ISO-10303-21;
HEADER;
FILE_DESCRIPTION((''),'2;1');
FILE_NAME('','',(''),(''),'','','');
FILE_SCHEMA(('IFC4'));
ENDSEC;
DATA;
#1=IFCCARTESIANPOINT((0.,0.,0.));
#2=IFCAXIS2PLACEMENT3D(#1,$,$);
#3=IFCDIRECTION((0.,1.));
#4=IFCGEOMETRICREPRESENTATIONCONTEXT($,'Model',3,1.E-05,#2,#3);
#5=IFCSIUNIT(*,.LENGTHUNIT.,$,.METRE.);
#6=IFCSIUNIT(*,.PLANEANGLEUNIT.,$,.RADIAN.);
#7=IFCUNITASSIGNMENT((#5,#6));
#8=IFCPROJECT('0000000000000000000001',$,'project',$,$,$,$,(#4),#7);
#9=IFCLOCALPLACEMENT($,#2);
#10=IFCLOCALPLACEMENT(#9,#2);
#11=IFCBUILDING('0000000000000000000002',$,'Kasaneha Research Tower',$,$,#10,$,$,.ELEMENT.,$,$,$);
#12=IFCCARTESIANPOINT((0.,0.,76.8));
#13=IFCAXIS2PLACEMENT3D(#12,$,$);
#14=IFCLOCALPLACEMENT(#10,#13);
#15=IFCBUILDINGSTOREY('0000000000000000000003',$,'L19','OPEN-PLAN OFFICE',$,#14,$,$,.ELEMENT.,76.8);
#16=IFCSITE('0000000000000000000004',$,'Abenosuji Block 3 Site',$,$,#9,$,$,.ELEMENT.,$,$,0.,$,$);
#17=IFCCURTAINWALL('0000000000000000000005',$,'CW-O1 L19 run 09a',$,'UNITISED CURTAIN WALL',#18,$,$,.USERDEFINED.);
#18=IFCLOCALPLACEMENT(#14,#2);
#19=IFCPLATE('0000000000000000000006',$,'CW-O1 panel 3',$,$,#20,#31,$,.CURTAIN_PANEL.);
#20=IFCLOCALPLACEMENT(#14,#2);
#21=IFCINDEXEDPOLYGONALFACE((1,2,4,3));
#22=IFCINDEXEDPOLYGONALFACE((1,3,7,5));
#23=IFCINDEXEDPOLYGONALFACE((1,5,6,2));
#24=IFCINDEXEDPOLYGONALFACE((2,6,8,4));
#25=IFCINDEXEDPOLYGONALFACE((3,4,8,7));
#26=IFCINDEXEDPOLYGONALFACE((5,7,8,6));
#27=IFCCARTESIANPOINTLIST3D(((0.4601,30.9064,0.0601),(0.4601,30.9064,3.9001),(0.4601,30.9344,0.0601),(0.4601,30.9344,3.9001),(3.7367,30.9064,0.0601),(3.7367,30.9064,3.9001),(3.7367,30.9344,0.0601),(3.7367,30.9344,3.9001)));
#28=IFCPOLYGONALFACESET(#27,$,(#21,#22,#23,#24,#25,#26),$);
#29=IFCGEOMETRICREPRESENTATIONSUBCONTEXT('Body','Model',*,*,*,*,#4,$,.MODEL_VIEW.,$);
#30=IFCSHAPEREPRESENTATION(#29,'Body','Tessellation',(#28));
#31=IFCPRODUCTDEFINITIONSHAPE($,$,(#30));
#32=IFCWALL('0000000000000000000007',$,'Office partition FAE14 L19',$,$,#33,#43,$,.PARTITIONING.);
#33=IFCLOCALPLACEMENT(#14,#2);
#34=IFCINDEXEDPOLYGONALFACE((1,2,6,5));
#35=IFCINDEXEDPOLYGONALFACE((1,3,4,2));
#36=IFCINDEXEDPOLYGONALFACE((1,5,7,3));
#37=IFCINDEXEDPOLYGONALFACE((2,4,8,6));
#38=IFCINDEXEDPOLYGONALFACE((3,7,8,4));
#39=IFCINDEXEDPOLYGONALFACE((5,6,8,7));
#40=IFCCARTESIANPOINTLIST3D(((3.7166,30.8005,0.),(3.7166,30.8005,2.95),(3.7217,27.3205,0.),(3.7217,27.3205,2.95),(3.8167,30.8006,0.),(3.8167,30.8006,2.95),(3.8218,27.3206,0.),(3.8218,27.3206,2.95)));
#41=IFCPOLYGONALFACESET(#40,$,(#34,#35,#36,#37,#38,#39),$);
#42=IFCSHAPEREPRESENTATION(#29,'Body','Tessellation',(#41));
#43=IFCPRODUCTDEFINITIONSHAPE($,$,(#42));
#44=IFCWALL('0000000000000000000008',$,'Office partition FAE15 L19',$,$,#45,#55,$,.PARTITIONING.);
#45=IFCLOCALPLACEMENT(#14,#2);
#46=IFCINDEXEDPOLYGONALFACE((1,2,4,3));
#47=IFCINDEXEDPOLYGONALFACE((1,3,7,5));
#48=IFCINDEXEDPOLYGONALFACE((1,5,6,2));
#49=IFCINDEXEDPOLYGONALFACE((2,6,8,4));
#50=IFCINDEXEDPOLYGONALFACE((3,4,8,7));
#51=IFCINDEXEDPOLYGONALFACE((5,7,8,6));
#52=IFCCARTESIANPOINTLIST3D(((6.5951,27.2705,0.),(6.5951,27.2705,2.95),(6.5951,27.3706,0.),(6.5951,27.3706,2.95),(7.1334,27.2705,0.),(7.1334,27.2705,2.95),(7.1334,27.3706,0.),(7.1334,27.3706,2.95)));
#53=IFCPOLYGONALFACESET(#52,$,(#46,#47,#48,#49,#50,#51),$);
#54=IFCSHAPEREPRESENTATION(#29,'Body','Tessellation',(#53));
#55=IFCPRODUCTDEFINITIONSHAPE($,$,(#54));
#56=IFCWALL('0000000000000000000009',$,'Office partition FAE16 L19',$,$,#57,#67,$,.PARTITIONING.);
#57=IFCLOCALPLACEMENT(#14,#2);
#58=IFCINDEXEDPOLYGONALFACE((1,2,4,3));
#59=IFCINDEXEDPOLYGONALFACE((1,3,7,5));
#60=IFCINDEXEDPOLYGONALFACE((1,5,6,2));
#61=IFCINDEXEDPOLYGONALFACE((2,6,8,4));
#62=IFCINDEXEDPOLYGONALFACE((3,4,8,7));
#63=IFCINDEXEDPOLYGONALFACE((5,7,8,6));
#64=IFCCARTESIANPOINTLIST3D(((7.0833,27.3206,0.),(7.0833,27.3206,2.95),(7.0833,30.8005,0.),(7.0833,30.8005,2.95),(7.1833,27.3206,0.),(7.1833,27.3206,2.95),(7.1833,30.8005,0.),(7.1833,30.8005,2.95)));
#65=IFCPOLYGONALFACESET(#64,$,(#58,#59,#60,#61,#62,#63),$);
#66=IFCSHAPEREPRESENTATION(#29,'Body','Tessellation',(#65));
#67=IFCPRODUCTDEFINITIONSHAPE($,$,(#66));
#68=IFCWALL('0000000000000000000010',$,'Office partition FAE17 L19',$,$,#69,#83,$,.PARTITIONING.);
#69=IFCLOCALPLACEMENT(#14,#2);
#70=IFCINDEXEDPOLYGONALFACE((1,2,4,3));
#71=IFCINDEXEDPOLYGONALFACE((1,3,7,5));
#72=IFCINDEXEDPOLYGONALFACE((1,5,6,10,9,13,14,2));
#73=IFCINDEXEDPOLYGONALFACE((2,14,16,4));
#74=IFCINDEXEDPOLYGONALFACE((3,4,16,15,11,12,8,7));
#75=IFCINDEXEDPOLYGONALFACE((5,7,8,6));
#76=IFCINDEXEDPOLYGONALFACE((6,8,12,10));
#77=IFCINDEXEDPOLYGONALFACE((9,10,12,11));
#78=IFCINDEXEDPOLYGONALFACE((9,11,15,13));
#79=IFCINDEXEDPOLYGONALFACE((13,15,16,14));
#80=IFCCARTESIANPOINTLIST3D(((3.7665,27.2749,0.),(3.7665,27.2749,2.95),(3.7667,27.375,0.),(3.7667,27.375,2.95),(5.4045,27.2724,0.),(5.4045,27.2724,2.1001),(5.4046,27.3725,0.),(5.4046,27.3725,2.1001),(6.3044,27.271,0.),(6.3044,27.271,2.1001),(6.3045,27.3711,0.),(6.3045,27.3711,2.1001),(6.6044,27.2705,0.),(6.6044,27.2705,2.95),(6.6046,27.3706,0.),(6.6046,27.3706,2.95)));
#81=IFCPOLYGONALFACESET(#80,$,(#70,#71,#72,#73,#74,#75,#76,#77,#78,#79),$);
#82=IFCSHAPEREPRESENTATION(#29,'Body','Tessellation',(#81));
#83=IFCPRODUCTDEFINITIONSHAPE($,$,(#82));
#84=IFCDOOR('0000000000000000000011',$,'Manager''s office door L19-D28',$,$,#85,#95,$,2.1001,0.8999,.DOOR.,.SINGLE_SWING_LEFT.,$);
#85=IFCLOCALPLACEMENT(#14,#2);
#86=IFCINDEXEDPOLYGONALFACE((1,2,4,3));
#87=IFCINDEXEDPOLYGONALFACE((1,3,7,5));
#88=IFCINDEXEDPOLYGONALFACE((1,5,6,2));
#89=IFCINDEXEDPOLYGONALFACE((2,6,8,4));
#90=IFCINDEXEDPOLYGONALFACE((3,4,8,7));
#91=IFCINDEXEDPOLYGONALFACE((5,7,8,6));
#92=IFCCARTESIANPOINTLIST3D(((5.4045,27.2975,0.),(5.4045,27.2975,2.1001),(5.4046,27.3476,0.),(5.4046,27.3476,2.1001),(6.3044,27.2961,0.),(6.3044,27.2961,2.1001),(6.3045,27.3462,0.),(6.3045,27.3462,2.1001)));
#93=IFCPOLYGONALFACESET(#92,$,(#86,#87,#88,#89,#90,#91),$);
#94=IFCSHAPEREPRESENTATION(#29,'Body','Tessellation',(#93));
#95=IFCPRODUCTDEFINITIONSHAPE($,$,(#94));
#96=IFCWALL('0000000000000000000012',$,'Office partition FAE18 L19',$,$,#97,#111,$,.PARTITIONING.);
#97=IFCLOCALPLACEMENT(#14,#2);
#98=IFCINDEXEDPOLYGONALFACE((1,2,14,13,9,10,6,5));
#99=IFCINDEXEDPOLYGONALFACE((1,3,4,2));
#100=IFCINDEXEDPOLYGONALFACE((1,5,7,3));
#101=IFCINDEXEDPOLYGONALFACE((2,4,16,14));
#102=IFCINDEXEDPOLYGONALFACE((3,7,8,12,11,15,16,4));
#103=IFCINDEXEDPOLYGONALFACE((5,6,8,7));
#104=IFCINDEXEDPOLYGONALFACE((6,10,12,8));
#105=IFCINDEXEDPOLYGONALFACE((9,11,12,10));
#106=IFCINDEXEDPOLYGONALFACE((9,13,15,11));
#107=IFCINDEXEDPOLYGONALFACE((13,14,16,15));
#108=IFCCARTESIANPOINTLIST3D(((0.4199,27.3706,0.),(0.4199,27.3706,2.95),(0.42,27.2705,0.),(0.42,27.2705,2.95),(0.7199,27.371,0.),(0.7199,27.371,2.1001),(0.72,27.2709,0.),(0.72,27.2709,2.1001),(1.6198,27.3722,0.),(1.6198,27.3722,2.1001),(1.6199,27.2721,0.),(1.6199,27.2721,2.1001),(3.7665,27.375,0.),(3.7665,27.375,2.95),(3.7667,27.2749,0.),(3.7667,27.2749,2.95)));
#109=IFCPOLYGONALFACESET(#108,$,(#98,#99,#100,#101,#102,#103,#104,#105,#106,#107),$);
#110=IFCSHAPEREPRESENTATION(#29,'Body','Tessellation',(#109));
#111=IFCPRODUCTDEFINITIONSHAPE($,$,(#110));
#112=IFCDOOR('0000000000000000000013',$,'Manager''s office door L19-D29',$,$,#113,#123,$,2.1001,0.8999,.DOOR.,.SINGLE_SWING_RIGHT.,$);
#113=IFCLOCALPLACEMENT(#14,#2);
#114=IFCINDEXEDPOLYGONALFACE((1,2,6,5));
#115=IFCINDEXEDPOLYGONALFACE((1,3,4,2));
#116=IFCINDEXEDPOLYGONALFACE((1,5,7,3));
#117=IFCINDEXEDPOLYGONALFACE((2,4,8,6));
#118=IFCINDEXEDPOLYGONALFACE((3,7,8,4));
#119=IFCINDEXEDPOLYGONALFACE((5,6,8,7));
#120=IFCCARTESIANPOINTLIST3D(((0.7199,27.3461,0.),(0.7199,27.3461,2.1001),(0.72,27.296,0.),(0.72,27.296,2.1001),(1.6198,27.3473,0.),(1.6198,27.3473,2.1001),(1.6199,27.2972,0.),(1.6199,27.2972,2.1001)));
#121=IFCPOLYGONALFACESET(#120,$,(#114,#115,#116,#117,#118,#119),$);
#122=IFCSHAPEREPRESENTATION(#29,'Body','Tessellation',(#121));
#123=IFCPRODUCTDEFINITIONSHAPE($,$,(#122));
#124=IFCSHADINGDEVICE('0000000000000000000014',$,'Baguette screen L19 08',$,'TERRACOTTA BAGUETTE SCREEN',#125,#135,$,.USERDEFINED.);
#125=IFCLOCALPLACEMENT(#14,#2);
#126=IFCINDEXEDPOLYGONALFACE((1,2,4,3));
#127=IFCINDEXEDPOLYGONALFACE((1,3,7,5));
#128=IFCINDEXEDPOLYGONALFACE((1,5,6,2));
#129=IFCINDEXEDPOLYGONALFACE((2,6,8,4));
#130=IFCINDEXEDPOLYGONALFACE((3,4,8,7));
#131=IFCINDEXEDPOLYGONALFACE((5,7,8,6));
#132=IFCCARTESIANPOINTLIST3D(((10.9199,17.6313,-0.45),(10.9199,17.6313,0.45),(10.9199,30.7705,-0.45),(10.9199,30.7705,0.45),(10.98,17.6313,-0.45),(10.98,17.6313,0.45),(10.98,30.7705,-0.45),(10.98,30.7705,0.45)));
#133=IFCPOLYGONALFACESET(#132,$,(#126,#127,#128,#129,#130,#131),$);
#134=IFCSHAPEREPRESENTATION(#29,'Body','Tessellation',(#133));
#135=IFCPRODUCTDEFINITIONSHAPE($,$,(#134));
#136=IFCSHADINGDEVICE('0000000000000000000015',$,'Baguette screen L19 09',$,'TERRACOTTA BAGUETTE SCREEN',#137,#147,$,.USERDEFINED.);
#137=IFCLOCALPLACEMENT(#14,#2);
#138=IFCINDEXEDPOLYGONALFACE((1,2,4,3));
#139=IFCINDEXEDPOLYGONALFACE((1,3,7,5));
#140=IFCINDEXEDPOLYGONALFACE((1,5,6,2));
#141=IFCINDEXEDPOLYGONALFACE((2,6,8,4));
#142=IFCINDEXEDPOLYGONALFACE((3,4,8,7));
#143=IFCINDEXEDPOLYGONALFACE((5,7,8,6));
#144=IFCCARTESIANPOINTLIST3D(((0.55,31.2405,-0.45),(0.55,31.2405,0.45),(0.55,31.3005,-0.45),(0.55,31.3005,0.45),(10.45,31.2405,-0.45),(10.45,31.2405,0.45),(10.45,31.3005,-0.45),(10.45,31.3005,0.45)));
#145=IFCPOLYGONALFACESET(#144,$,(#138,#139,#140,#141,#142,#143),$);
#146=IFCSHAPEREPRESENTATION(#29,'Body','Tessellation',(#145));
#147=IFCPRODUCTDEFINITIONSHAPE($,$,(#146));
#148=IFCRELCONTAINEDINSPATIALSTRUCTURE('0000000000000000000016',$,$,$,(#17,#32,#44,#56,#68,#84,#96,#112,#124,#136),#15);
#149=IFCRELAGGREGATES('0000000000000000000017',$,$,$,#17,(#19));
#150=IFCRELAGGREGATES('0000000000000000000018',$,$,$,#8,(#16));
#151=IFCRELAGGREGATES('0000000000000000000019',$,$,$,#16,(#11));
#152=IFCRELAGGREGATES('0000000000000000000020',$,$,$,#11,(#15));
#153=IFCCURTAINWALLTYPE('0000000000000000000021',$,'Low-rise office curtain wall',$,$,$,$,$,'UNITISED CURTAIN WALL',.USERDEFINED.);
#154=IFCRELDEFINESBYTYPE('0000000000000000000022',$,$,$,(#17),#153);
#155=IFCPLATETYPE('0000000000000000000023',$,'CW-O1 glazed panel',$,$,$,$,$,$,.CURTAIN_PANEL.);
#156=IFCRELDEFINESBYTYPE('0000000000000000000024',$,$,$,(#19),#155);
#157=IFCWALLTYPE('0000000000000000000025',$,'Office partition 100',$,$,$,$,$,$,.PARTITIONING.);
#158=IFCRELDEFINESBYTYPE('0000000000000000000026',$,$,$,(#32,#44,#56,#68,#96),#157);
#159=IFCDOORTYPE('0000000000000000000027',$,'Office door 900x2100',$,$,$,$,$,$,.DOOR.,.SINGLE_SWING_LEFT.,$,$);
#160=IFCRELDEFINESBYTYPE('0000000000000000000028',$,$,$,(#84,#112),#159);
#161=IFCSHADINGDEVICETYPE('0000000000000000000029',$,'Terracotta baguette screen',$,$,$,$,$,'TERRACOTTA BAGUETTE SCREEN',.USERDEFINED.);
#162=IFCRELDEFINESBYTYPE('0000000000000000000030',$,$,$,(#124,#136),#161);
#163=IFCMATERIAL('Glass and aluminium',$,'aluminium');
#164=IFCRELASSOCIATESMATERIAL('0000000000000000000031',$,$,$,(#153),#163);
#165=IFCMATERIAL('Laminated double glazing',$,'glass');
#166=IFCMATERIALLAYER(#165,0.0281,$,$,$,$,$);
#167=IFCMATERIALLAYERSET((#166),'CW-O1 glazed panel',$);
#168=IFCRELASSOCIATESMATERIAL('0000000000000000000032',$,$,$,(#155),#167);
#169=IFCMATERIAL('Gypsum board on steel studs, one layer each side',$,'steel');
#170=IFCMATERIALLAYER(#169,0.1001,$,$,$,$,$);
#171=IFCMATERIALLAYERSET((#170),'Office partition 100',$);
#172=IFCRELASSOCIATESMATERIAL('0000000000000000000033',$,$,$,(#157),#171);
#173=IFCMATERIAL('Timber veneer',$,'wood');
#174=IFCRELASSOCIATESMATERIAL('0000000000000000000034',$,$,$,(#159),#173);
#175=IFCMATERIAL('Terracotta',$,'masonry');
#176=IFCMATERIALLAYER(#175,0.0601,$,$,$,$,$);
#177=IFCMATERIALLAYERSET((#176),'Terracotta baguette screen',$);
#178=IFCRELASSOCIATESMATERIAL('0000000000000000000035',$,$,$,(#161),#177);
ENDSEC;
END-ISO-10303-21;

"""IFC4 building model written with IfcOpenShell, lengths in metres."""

from ifc_helpers import new_model, si_unit, direction, frame, frame_2d, origin, origin_2d, place, context, subcontext, project, spatial, rectangle, extrude, material, layer, layer_set, type_object, element, fill, aggregate, save


model = new_model("IFC4")

# Units and contexts
model_context = context("Model", 3, precision=1e-05, world=origin(), true_north=direction((0.0, 1.0)))
body_context = subcontext(model_context, "Body", "Model", "MODEL_VIEW")
ifc_project = project(units=[si_unit("LENGTHUNIT", "METRE"), si_unit("PLANEANGLEUNIT", "RADIAN")], contexts=[model_context])

# Site, building, storey
site_placement = place(None, origin())
site = spatial("IfcSite", under=ifc_project, at=site_placement, Name="Abenosuji Block 3 Site", CompositionType="ELEMENT", RefElevation=0.0)
building_placement = place(site_placement, origin())
building = spatial("IfcBuilding", under=site, at=building_placement, Name="Kasaneha Research Tower", CompositionType="ELEMENT")
storey_placement = place(building_placement, frame((0.0, 0.0, 76.8)))
storey = spatial("IfcBuildingStorey", under=building, at=storey_placement, Name="L19", Description="OPEN-PLAN OFFICE", CompositionType="ELEMENT", Elevation=76.8)

# Curtain wall
ifc_material_1 = material(Name="Glass and aluminium", Category="aluminium")
curtain_wall_type = type_object("IfcCurtainWallType", Name="Low-rise office curtain wall", ElementType="UNITISED CURTAIN WALL", PredefinedType="USERDEFINED", material=ifc_material_1)
curtain_wall_1_placement = place(storey_placement, origin())
curtain_wall_1 = element("IfcCurtainWall", 1, at=curtain_wall_1_placement, inside=storey, type_object=curtain_wall_type, Name="CW-O1 L19 run 09a", ObjectType="UNITISED CURTAIN WALL", PredefinedType="USERDEFINED")

# Plate
ifc_material_2 = material(Name="Laminated double glazing", Category="glass")
ifc_layer_1 = layer(ifc_material_2, 0.0281)
ifc_layer_set_1 = layer_set([ifc_layer_1], Name="CW-O1 glazed panel")
plate_type = type_object("IfcPlateType", Name="CW-O1 glazed panel", PredefinedType="CURTAIN_PANEL", material=ifc_layer_set_1)
plate_1_placement = place(storey_placement, frame((2.0984, 30.9204, 0.0601), z_axis=(0.0, 0.0, 1.0), x_axis=(-1.0, 0.0, 0.0)))
plate_1 = element("IfcPlate", 2, at=plate_1_placement, type_object=plate_type, Name="CW-O1 panel 3", PredefinedType="CURTAIN_PANEL", context=body_context, shape_type="SweptSolid", body=[
    extrude(rectangle(XDim=3.2766, YDim=0.0281, at=origin_2d()), origin(), (0.0, 0.0, 1.0), 3.8401),
])
aggregate(curtain_wall_1, [plate_1])

# Walls
ifc_material_3 = material(Name="Gypsum board on steel studs, one layer each side", Category="steel")
ifc_layer_2 = layer(ifc_material_3, 0.1001)
ifc_layer_set_2 = layer_set([ifc_layer_2], Name="Office partition 100")
wall_type = type_object("IfcWallType", Name="Office partition 100", PredefinedType="PARTITIONING", material=ifc_layer_set_2)
wall_1_placement = place(storey_placement, frame((3.7717, 27.3206, 0.0), z_axis=(0.0, 0.0, 1.0), x_axis=(-0.001473, 0.999999, 0.0)))
element("IfcWall", 3, at=wall_1_placement, inside=storey, type_object=wall_type, Name="Office partition FAE14 L19", PredefinedType="PARTITIONING", context=body_context, shape_type="SweptSolid", body=[
    extrude(rectangle(XDim=3.48, YDim=0.1001, at=frame_2d((1.74, 0.0))), origin(), (0.0, 0.0, 1.0), 2.95),
])
wall_2_placement = place(storey_placement, frame((7.1333, 27.3206, 0.0), z_axis=(0.0, 0.0, 1.0), x_axis=(-1.0, 0.0, 0.0)))
element("IfcWall", 4, at=wall_2_placement, inside=storey, type_object=wall_type, Name="Office partition FAE15 L19", PredefinedType="PARTITIONING", context=body_context, shape_type="SweptSolid", body=[
    extrude(rectangle(XDim=0.5383, YDim=0.1001, at=frame_2d((0.269, 0.0))), origin(), (0.0, 0.0, 1.0), 2.95),
])
wall_3_placement = place(storey_placement, frame((7.1333, 30.8005, 0.0), z_axis=(0.0, 0.0, 1.0), x_axis=(0.0, -1.0, 0.0)))
element("IfcWall", 5, at=wall_3_placement, inside=storey, type_object=wall_type, Name="Office partition FAE16 L19", PredefinedType="PARTITIONING", context=body_context, shape_type="SweptSolid", body=[
    extrude(rectangle(XDim=3.48, YDim=0.1001, at=frame_2d((1.74, 0.0))), origin(), (0.0, 0.0, 1.0), 2.95),
])

# Walls, openings, doors
wall_4_placement = place(storey_placement, frame((6.6045, 27.3206, 0.0), z_axis=(0.0, 0.0, 1.0), x_axis=(-0.999999, 0.001549, 0.0)))
wall_4 = element("IfcWall", 6, at=wall_4_placement, inside=storey, type_object=wall_type, Name="Office partition FAE17 L19", PredefinedType="PARTITIONING", context=body_context, shape_type="SweptSolid", body=[
    extrude(rectangle(XDim=2.8379, YDim=0.1001, at=frame_2d((1.4189, 0.0))), origin(), (0.0, 0.0, 1.0), 2.95),
])
opening_1_placement = place(wall_4_placement, frame((0.3, 0.0, 0.0)))
opening_1 = element("IfcOpeningElement", 7, at=opening_1_placement, cuts=wall_4, PredefinedType="OPENING", context=body_context, shape_type="SweptSolid", body=[
    extrude(rectangle(XDim=0.8999, YDim=2.1001, at=frame_2d((0.45, 1.05))), frame((0.0, 0.0601, 0.0), z_axis=(0.0, -1.0, 0.0), x_axis=(1.0, 0.0, 0.0)), (0.0, 0.0, 1.0), 0.1201),
])
ifc_material_4 = material(Name="Timber veneer", Category="wood")
door_type = type_object("IfcDoorType", Name="Office door 900x2100", OperationType="SINGLE_SWING_LEFT", PredefinedType="DOOR", material=ifc_material_4)
door_1_placement = place(opening_1_placement, origin())
door_1 = element("IfcDoor", 8, at=door_1_placement, inside=storey, type_object=door_type, Name="Manager's office door L19-D28", OperationType="SINGLE_SWING_LEFT", OverallHeight=2.1001, OverallWidth=0.8999, PredefinedType="DOOR", context=body_context, shape_type="SweptSolid", body=[
    extrude(rectangle(XDim=0.8999, YDim=2.1001, at=frame_2d((0.45, 1.05))), frame((0.0, 0.0249, 0.0), z_axis=(0.0, -1.0, 0.0), x_axis=(1.0, 0.0, 0.0)), (0.0, 0.0, 1.0), 0.05),
])
fill(opening_1, door_1)
wall_5_placement = place(storey_placement, frame((3.7666, 27.325, 0.0), z_axis=(0.0, 0.0, 1.0), x_axis=(-0.999999, -0.001313, 0.0)))
wall_5 = element("IfcWall", 9, at=wall_5_placement, inside=storey, type_object=wall_type, Name="Office partition FAE18 L19", PredefinedType="PARTITIONING", context=body_context, shape_type="SweptSolid", body=[
    extrude(rectangle(XDim=3.3467, YDim=0.1001, at=frame_2d((1.6733, 0.0))), origin(), (0.0, 0.0, 1.0), 2.95),
])
opening_2_placement = place(wall_5_placement, frame((2.1467, 0.0, 0.0)))
opening_2 = element("IfcOpeningElement", 10, at=opening_2_placement, cuts=wall_5, PredefinedType="OPENING", context=body_context, shape_type="SweptSolid", body=[
    extrude(rectangle(XDim=0.8999, YDim=2.1001, at=frame_2d((0.45, 1.05))), frame((0.0, 0.0601, 0.0), z_axis=(0.0, -1.0, 0.0), x_axis=(1.0, 0.0, 0.0)), (0.0, 0.0, 1.0), 0.1201),
])
door_2_placement = place(opening_2_placement, origin())
door_2 = element("IfcDoor", 11, at=door_2_placement, inside=storey, type_object=door_type, Name="Manager's office door L19-D29", OperationType="SINGLE_SWING_RIGHT", OverallHeight=2.1001, OverallWidth=0.8999, PredefinedType="DOOR", context=body_context, shape_type="SweptSolid", body=[
    extrude(rectangle(XDim=0.8999, YDim=2.1001, at=frame_2d((0.45, 1.05))), frame((0.0, 0.0249, 0.0), z_axis=(0.0, -1.0, 0.0), x_axis=(1.0, 0.0, 0.0)), (0.0, 0.0, 1.0), 0.05),
])
fill(opening_2, door_2)

# Shading devices
ifc_material_5 = material(Name="Terracotta", Category="masonry")
ifc_layer_3 = layer(ifc_material_5, 0.0601)
ifc_layer_set_3 = layer_set([ifc_layer_3], Name="Terracotta baguette screen")
shading_device_type = type_object("IfcShadingDeviceType", Name="Terracotta baguette screen", ElementType="TERRACOTTA BAGUETTE SCREEN", PredefinedType="USERDEFINED", material=ifc_layer_set_3)
shading_device_1_placement = place(storey_placement, frame((10.95, 24.2009, -0.45), z_axis=(0.0, 0.0, 1.0), x_axis=(0.0, 1.0, 0.0)))
element("IfcShadingDevice", 12, at=shading_device_1_placement, inside=storey, type_object=shading_device_type, Name="Baguette screen L19 08", ObjectType="TERRACOTTA BAGUETTE SCREEN", PredefinedType="USERDEFINED", context=body_context, shape_type="SweptSolid", body=[
    extrude(rectangle(XDim=13.1392, YDim=0.0601, at=origin_2d()), origin(), (0.0, 0.0, 1.0), 0.8999),
])
shading_device_2_placement = place(storey_placement, frame((5.5, 31.2705, -0.45), z_axis=(0.0, 0.0, 1.0), x_axis=(-1.0, 0.0, 0.0)))
element("IfcShadingDevice", 13, at=shading_device_2_placement, inside=storey, type_object=shading_device_type, Name="Baguette screen L19 09", ObjectType="TERRACOTTA BAGUETTE SCREEN", PredefinedType="USERDEFINED", context=body_context, shape_type="SweptSolid", body=[
    extrude(rectangle(XDim=9.8999, YDim=0.0601, at=origin_2d()), origin(), (0.0, 0.0, 1.0), 0.8999),
])

save(model, "model.ifc")
